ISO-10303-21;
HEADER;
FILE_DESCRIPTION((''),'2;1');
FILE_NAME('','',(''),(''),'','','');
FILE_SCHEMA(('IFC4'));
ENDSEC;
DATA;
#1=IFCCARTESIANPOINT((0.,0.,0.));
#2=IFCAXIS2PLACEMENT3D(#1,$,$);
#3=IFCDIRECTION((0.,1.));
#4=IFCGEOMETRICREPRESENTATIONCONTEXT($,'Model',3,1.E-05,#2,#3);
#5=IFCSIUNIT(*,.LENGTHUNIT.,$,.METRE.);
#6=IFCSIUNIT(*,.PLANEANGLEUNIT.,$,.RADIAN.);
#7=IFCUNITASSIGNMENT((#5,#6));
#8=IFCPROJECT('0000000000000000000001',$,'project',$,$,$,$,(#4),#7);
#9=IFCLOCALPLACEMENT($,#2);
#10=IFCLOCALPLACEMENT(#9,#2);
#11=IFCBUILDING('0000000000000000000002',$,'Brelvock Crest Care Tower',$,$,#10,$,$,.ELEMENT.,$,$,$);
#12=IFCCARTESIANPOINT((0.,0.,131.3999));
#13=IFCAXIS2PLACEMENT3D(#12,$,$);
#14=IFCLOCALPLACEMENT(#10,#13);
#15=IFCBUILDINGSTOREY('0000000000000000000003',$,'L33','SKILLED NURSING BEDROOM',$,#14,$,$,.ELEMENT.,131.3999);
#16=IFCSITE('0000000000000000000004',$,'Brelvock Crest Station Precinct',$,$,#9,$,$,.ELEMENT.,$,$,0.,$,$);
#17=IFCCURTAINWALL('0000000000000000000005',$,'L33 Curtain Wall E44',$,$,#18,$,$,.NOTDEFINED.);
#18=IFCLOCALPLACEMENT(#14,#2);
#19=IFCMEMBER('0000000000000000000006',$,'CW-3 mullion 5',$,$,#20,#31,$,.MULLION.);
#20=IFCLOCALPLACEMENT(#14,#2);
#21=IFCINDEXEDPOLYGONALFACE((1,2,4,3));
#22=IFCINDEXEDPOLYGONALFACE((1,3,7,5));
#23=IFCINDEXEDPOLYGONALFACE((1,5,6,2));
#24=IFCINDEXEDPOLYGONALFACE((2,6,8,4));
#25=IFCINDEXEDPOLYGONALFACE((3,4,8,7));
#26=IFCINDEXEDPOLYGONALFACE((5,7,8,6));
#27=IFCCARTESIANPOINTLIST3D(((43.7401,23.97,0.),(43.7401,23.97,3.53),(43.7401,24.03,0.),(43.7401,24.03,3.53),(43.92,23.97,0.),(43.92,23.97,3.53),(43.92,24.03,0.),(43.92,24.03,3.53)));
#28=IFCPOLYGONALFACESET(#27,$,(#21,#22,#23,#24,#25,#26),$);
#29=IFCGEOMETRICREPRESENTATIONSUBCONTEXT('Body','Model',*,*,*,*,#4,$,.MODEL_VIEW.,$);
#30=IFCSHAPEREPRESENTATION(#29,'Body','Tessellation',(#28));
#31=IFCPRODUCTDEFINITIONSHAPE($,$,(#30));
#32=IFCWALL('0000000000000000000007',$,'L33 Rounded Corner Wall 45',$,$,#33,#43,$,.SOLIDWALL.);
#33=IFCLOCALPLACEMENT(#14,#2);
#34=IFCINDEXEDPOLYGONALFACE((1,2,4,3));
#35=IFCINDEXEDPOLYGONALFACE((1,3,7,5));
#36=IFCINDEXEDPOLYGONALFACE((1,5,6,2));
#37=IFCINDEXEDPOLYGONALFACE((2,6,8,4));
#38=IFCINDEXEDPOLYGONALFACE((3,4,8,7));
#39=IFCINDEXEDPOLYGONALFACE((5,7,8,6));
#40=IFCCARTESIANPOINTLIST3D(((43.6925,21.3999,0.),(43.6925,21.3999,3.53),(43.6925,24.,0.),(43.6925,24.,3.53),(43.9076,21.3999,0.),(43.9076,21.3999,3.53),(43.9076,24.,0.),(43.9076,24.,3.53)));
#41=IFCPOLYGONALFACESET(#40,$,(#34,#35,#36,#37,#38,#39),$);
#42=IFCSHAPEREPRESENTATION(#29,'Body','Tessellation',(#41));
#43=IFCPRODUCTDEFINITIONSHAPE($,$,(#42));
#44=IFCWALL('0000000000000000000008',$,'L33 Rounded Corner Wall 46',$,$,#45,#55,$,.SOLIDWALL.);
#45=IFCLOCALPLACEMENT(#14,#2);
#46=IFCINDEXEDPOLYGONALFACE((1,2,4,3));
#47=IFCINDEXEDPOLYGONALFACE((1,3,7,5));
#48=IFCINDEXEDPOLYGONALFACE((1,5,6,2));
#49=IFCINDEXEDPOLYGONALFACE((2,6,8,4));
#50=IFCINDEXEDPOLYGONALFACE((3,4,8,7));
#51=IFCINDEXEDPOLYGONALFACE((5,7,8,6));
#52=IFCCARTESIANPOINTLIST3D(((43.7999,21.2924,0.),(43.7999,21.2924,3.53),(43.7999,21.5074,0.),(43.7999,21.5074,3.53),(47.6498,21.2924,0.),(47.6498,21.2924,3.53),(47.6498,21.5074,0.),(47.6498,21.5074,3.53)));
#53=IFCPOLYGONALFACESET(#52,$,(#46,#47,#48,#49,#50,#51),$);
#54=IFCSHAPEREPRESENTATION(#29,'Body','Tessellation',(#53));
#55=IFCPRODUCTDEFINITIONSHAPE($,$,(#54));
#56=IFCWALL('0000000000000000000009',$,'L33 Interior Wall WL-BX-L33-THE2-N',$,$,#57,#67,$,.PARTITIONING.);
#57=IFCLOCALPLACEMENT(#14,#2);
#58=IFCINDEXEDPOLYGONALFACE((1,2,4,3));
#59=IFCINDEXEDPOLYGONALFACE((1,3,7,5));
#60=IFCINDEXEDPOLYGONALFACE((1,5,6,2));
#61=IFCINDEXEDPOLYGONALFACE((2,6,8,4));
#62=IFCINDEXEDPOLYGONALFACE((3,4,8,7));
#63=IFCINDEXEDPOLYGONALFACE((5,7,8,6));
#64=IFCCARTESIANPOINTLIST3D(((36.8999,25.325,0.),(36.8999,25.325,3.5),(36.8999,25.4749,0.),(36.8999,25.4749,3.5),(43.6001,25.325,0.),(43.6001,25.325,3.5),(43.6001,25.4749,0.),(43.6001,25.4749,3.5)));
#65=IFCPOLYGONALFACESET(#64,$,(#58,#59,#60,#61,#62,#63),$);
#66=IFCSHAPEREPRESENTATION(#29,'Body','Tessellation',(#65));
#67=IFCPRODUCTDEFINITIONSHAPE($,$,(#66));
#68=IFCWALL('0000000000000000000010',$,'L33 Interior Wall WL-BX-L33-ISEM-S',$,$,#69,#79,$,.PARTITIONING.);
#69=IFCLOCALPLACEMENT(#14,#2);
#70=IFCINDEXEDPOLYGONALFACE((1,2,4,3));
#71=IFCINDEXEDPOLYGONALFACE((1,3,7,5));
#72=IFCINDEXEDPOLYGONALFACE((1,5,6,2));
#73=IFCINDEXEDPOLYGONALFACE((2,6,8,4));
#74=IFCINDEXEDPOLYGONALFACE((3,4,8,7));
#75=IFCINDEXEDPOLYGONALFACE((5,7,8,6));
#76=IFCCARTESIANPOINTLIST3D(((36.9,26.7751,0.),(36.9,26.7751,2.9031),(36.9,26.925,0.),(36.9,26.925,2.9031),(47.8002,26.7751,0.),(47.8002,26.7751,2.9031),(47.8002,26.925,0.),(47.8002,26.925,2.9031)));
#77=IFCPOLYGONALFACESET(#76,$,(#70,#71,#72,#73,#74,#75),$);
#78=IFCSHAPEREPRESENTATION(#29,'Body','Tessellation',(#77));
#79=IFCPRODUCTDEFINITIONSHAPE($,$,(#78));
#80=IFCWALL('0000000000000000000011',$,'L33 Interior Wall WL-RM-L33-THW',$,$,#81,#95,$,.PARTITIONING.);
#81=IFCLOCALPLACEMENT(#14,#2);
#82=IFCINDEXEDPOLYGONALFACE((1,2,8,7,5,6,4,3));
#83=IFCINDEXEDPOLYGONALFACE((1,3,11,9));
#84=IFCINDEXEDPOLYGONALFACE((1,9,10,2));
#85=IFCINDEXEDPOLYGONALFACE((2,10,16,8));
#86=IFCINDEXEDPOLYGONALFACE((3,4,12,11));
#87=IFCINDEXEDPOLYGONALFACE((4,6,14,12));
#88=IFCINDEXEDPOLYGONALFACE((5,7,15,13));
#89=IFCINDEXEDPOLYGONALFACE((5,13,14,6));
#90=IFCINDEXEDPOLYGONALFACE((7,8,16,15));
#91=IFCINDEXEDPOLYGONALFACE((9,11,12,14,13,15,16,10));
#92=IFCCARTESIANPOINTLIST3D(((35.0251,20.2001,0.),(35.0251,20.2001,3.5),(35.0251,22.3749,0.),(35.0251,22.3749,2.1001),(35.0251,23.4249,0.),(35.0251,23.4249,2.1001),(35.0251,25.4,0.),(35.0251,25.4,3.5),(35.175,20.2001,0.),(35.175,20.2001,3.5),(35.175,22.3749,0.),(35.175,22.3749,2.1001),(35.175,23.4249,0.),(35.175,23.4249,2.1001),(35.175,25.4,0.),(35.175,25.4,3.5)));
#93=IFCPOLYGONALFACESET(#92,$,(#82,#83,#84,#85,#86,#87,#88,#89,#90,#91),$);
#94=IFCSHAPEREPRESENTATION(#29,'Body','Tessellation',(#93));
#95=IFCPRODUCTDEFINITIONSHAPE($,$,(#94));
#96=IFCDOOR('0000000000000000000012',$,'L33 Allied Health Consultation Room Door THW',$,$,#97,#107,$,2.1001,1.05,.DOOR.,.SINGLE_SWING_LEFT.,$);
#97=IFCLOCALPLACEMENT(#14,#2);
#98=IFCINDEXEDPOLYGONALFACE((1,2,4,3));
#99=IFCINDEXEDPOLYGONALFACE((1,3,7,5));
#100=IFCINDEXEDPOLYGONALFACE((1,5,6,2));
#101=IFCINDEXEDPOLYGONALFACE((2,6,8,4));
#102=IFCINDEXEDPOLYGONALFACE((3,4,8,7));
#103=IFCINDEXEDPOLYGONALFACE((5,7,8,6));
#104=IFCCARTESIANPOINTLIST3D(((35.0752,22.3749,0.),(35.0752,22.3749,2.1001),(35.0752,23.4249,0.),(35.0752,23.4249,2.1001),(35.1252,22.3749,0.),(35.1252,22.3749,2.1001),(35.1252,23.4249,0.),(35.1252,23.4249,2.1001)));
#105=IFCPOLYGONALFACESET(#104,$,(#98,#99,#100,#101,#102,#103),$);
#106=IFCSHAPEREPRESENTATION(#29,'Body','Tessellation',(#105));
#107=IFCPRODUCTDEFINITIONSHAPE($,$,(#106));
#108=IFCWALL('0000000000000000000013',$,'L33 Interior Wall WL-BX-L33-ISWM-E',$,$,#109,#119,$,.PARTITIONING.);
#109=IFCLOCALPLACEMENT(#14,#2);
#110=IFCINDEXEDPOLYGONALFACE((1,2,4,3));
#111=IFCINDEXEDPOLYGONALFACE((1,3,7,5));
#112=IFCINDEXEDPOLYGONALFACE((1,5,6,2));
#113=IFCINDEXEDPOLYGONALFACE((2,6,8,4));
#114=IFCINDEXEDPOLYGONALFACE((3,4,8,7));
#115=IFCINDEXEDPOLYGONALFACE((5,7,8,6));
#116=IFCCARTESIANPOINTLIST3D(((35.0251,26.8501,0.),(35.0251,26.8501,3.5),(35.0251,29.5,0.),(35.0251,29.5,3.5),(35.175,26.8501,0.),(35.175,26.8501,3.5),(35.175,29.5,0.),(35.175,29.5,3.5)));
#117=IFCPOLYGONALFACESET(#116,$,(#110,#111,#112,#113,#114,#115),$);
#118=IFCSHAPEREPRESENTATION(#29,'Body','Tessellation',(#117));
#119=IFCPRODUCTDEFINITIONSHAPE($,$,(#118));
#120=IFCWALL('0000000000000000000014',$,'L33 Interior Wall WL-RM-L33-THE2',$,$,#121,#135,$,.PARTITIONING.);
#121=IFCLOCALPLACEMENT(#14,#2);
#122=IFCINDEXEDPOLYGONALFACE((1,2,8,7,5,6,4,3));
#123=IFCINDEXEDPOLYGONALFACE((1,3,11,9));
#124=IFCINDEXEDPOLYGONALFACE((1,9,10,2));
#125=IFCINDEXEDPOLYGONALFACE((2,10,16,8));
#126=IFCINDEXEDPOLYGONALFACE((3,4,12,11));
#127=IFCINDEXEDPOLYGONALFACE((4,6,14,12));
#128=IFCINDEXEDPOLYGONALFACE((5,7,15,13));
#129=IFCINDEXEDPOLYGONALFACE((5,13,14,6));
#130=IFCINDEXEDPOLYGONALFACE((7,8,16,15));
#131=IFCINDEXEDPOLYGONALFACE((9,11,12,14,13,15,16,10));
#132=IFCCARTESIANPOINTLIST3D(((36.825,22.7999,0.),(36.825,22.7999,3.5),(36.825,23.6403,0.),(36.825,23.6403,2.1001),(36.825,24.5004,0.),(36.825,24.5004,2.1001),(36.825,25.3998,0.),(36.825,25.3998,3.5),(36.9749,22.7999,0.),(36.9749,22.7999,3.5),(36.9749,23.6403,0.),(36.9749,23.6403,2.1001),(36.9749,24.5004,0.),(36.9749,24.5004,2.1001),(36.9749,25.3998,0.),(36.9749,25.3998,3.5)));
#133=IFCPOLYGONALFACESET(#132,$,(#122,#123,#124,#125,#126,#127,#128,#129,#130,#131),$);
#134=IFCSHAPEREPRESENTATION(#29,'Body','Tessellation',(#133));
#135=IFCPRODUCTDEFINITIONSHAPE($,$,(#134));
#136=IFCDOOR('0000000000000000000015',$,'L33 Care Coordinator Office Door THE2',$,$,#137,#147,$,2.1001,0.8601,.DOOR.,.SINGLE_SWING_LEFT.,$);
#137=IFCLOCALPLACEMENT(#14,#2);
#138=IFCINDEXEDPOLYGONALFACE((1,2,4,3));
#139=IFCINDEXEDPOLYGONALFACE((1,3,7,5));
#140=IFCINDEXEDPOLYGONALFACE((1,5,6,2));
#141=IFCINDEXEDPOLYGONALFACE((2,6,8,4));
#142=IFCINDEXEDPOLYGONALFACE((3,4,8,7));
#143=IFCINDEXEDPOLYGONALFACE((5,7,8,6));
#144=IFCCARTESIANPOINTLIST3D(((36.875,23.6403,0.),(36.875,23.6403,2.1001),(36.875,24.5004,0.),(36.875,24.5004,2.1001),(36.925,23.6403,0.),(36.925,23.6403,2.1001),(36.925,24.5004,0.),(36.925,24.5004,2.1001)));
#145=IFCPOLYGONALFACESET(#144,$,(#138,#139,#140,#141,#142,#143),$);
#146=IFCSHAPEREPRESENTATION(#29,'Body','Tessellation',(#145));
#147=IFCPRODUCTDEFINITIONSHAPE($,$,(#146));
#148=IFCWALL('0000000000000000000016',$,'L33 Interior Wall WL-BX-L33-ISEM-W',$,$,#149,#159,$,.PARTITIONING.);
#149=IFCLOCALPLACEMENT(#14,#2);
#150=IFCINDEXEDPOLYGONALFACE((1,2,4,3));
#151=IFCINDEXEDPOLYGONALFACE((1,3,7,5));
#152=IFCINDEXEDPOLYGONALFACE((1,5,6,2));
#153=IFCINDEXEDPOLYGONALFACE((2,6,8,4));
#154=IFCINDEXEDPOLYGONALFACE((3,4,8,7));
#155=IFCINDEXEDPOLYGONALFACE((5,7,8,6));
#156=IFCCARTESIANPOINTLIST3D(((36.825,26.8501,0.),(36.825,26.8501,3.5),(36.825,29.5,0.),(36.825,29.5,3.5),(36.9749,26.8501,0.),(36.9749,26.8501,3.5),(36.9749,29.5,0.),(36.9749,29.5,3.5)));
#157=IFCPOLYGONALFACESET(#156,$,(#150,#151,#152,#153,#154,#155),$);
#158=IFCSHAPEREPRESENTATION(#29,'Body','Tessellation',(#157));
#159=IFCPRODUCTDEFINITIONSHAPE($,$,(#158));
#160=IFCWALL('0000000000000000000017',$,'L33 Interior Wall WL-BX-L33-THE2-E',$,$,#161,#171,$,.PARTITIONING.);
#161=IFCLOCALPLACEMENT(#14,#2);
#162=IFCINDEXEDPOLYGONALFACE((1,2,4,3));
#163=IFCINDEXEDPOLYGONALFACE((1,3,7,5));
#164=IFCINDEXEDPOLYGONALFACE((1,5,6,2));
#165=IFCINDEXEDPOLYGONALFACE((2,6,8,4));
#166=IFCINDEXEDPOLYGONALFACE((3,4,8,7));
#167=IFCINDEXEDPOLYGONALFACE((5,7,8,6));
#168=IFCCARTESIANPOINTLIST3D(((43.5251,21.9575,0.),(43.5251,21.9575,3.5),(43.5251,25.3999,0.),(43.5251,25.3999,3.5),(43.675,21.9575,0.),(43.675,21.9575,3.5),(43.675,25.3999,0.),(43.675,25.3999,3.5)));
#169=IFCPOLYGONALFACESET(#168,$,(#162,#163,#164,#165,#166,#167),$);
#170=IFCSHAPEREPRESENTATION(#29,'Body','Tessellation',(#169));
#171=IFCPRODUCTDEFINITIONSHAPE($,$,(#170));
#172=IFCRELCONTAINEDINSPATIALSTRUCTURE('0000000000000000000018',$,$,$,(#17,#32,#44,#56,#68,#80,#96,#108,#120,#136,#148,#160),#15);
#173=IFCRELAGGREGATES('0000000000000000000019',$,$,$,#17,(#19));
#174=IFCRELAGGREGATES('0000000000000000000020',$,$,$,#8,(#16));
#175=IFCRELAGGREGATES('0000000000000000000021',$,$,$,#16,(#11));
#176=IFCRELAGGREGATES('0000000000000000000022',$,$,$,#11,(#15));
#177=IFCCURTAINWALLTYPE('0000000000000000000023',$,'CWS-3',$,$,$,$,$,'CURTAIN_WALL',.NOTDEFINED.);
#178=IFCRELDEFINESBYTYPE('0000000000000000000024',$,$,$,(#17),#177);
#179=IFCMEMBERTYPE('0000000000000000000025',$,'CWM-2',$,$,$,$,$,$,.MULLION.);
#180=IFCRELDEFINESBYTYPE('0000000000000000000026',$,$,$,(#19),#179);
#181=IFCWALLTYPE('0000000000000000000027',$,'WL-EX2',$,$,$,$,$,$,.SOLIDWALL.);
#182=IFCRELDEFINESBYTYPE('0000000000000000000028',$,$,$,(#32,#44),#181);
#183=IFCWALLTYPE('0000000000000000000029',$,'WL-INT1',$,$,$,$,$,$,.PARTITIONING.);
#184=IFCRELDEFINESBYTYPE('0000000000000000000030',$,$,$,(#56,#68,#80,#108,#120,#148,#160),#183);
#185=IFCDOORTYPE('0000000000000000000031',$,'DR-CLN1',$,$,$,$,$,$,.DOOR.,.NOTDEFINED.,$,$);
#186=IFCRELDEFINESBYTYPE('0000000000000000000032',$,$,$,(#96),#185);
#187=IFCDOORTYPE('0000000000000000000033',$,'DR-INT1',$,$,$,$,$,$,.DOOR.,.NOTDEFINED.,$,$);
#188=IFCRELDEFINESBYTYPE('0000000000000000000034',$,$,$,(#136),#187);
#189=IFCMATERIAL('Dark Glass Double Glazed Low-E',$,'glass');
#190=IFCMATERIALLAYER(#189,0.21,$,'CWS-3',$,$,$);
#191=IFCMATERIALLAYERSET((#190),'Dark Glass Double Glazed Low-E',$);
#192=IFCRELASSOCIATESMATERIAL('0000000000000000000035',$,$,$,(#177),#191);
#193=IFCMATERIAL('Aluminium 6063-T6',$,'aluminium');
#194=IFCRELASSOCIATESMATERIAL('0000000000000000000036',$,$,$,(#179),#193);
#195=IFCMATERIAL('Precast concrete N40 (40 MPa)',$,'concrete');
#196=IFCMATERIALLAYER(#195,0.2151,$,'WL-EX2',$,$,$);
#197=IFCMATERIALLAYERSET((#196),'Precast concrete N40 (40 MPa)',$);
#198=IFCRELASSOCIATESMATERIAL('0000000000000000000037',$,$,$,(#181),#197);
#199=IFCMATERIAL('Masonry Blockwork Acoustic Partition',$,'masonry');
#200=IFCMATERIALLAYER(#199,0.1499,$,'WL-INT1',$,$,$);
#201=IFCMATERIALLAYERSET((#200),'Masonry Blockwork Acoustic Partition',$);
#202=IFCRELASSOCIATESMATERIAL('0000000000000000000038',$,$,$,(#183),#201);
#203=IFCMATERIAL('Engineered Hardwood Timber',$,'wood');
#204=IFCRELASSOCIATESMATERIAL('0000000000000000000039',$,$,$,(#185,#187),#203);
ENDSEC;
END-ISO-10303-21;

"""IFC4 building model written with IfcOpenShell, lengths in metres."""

from ifc_helpers import new_model, si_unit, direction, frame, frame_2d, origin, origin_2d, place, context, subcontext, project, spatial, rectangle, extrude, source, transform, mapped, material, layer, layer_set, material_profile, profile_set, type_object, element, fill, aggregate, save


model = new_model("IFC4")

# Units and contexts
model_context = context("Model", 3, precision=1e-05, world=origin(), true_north=direction((0.0, 1.0)))
body_context = subcontext(model_context, "Body", "Model", "MODEL_VIEW")
ifc_project = project(units=[si_unit("LENGTHUNIT", "METRE"), si_unit("PLANEANGLEUNIT", "RADIAN")], contexts=[model_context])

# Site, building, storey
site_placement = place(None, origin())
site = spatial("IfcSite", under=ifc_project, at=site_placement, Name="Brelvock Crest Station Precinct", CompositionType="ELEMENT", RefElevation=0.0)
building_placement = place(site_placement, origin())
building = spatial("IfcBuilding", under=site, at=building_placement, Name="Brelvock Crest Care Tower", CompositionType="ELEMENT")
storey_placement = place(building_placement, frame((0.0, 0.0, 131.3999)))
storey = spatial("IfcBuildingStorey", under=building, at=storey_placement, Name="L33", Description="SKILLED NURSING BEDROOM", CompositionType="ELEMENT", Elevation=131.3999)

# Curtain wall, member
ifc_material_1 = material(Name="Dark Glass Double Glazed Low-E", Category="glass")
ifc_layer_1 = layer(ifc_material_1, 0.21, Name="CWS-3")
ifc_layer_set_1 = layer_set([ifc_layer_1], Name="Dark Glass Double Glazed Low-E")
curtain_wall_type = type_object("IfcCurtainWallType", Name="CWS-3", ElementType="CURTAIN_WALL", PredefinedType="NOTDEFINED", material=ifc_layer_set_1)
curtain_wall_placement = place(storey_placement, origin())
curtain_wall = element("IfcCurtainWall", 1, at=curtain_wall_placement, inside=storey, type_object=curtain_wall_type, Name="L33 Curtain Wall E44", PredefinedType="NOTDEFINED")
ifc_material_2 = material(Name="Aluminium 6063-T6", Category="aluminium")
ifc_material_profile_1 = material_profile(ifc_material_2, rectangle(XDim=0.0601, YDim=0.1799, at=origin_2d()), Name="ALU60x180")
ifc_profile_set_1 = profile_set([ifc_material_profile_1], Name="Aluminium 6063-T6")
member_type = type_object("IfcMemberType", Name="CWM-2", PredefinedType="MULLION", material=ifc_profile_set_1)
shared_shape_1 = source(origin(), body_context, "Body", "SweptSolid", [
    extrude(rectangle(XDim=0.0601, YDim=0.1799, at=origin_2d()), origin(), (0.0, 0.0, 1.0), 3.53),
])
member_placement = place(storey_placement, frame((43.8301, 24.0, 0.0), z_axis=(0.0, 0.0, 1.0), x_axis=(0.0, -1.0, 0.0)))
member = element("IfcMember", 2, at=member_placement, type_object=member_type, Name="CW-3 mullion 5", PredefinedType="MULLION", context=body_context, shape_type="MappedRepresentation", body=[
    mapped(shared_shape_1, transform((0.0, 0.0, 0.0), x_axis=(1.0, 0.0, 0.0), y_axis=(0.0, 1.0, 0.0), z_axis=(0.0, 0.0, 1.0), scale=1.0)),
])
aggregate(curtain_wall, [member])

# Walls
ifc_material_3 = material(Name="Precast concrete N40 (40 MPa)", Category="concrete")
ifc_layer_2 = layer(ifc_material_3, 0.2151, Name="WL-EX2")
ifc_layer_set_2 = layer_set([ifc_layer_2], Name="Precast concrete N40 (40 MPa)")
wall_type_1 = type_object("IfcWallType", Name="WL-EX2", PredefinedType="SOLIDWALL", material=ifc_layer_set_2)
wall_1_placement = place(storey_placement, frame((43.8, 24.0, 0.0), z_axis=(0.0, 0.0, 1.0), x_axis=(0.0, -1.0, 0.0)))
element("IfcWall", 3, at=wall_1_placement, inside=storey, type_object=wall_type_1, Name="L33 Rounded Corner Wall 45", PredefinedType="SOLIDWALL", context=body_context, shape_type="SweptSolid", body=[
    extrude(rectangle(XDim=2.6001, YDim=0.2151, at=frame_2d((1.3, 0.0))), origin(), (0.0, 0.0, 1.0), 3.53),
])
wall_2_placement = place(storey_placement, frame((43.8, 21.3999, 0.0), z_axis=(0.0, 0.0, 1.0), x_axis=(1.0, 0.0, 0.0)))
element("IfcWall", 4, at=wall_2_placement, inside=storey, type_object=wall_type_1, Name="L33 Rounded Corner Wall 46", PredefinedType="SOLIDWALL", context=body_context, shape_type="SweptSolid", body=[
    extrude(rectangle(XDim=3.8499, YDim=0.2151, at=frame_2d((1.9248, 0.0))), origin(), (0.0, 0.0, 1.0), 3.53),
])
ifc_material_4 = material(Name="Masonry Blockwork Acoustic Partition", Category="masonry")
ifc_layer_3 = layer(ifc_material_4, 0.1499, Name="WL-INT1")
ifc_layer_set_3 = layer_set([ifc_layer_3], Name="Masonry Blockwork Acoustic Partition")
wall_type_2 = type_object("IfcWallType", Name="WL-INT1", PredefinedType="PARTITIONING", material=ifc_layer_set_3)
wall_3_placement = place(storey_placement, frame((36.8999, 25.3999, 0.0), z_axis=(0.0, 0.0, 1.0), x_axis=(1.0, 0.0, 0.0)))
element("IfcWall", 5, at=wall_3_placement, inside=storey, type_object=wall_type_2, Name="L33 Interior Wall WL-BX-L33-THE2-N", PredefinedType="PARTITIONING", context=body_context, shape_type="SweptSolid", body=[
    extrude(rectangle(XDim=6.7002, YDim=0.1499, at=frame_2d((3.3501, 0.0))), origin(), (0.0, 0.0, 1.0), 3.5),
])
wall_4_placement = place(storey_placement, frame((36.8999, 26.8501, 0.0), z_axis=(0.0, 0.0, 1.0), x_axis=(1.0, 0.0, 0.0)))
element("IfcWall", 6, at=wall_4_placement, inside=storey, type_object=wall_type_2, Name="L33 Interior Wall WL-BX-L33-ISEM-S", PredefinedType="PARTITIONING", context=body_context, shape_type="SweptSolid", body=[
    extrude(rectangle(XDim=10.9001, YDim=0.1499, at=frame_2d((5.4502, 0.0))), origin(), (0.0, 0.0, 1.0), 2.9031),
])

# Wall, opening, door
wall_5_placement = place(storey_placement, frame((35.1001, 20.2, 0.0), z_axis=(0.0, 0.0, 1.0), x_axis=(0.0, 1.0, 0.0)))
wall_5 = element("IfcWall", 7, at=wall_5_placement, inside=storey, type_object=wall_type_2, Name="L33 Interior Wall WL-RM-L33-THW", PredefinedType="PARTITIONING", context=body_context, shape_type="SweptSolid", body=[
    extrude(rectangle(XDim=5.2, YDim=0.1499, at=frame_2d((2.6001, 0.0))), origin(), (0.0, 0.0, 1.0), 3.5),
])
opening_1_placement = place(wall_5_placement, frame((2.175, 0.0, 0.0)))
opening_1 = element("IfcOpeningElement", 8, at=opening_1_placement, cuts=wall_5, PredefinedType="OPENING", context=body_context, shape_type="SweptSolid", body=[
    extrude(rectangle(XDim=1.05, YDim=2.1001, at=origin_2d()), frame((0.5249, 0.085, 1.05), z_axis=(0.0, -1.0, 0.0), x_axis=(1.0, 0.0, 0.0)), (0.0, 0.0, 1.0), 0.1699),
])
ifc_material_5 = material(Name="Engineered Hardwood Timber", Category="wood")
door_type_1 = type_object("IfcDoorType", Name="DR-CLN1", OperationType="NOTDEFINED", PredefinedType="DOOR", material=ifc_material_5)
shared_shape_2 = source(origin(), body_context, "Body", "SweptSolid", [
    extrude(rectangle(XDim=1.05, YDim=2.1001, at=origin_2d()), frame((0.5249, 0.0249, 1.05), z_axis=(0.0, -1.0, 0.0), x_axis=(1.0, 0.0, 0.0)), (0.0, 0.0, 1.0), 0.05),
])
door_1_placement = place(opening_1_placement, origin())
door_1 = element("IfcDoor", 9, at=door_1_placement, inside=storey, type_object=door_type_1, Name="L33 Allied Health Consultation Room Door THW", OperationType="SINGLE_SWING_LEFT", OverallHeight=2.1001, OverallWidth=1.05, PredefinedType="DOOR", context=body_context, shape_type="MappedRepresentation", body=[
    mapped(shared_shape_2, transform((0.0, 0.0, 0.0), x_axis=(1.0, 0.0, 0.0), y_axis=(0.0, 1.0, 0.0), z_axis=(0.0, 0.0, 1.0), scale=1.0)),
])
fill(opening_1, door_1)

# Wall
wall_6_placement = place(storey_placement, frame((35.1001, 26.8501, 0.0), z_axis=(0.0, 0.0, 1.0), x_axis=(0.0, 1.0, 0.0)))
element("IfcWall", 10, at=wall_6_placement, inside=storey, type_object=wall_type_2, Name="L33 Interior Wall WL-BX-L33-ISWM-E", PredefinedType="PARTITIONING", context=body_context, shape_type="SweptSolid", body=[
    extrude(rectangle(XDim=2.6499, YDim=0.1499, at=frame_2d((1.325, 0.0))), origin(), (0.0, 0.0, 1.0), 3.5),
])

# Wall, opening, door
wall_7_placement = place(storey_placement, frame((36.8999, 22.8, 0.0), z_axis=(0.0, 0.0, 1.0), x_axis=(0.0, 1.0, 0.0)))
wall_7 = element("IfcWall", 11, at=wall_7_placement, inside=storey, type_object=wall_type_2, Name="L33 Interior Wall WL-RM-L33-THE2", PredefinedType="PARTITIONING", context=body_context, shape_type="SweptSolid", body=[
    extrude(rectangle(XDim=2.5999, YDim=0.1499, at=frame_2d((1.2998, 0.0))), origin(), (0.0, 0.0, 1.0), 3.5),
])
opening_2_placement = place(wall_7_placement, frame((0.8401, 0.0, 0.0)))
opening_2 = element("IfcOpeningElement", 12, at=opening_2_placement, cuts=wall_7, PredefinedType="OPENING", context=body_context, shape_type="SweptSolid", body=[
    extrude(rectangle(XDim=0.8601, YDim=2.1001, at=origin_2d()), frame((0.4302, 0.085, 1.05), z_axis=(0.0, -1.0, 0.0), x_axis=(1.0, 0.0, 0.0)), (0.0, 0.0, 1.0), 0.1699),
])
door_type_2 = type_object("IfcDoorType", Name="DR-INT1", OperationType="NOTDEFINED", PredefinedType="DOOR", material=ifc_material_5)
shared_shape_3 = source(origin(), body_context, "Body", "SweptSolid", [
    extrude(rectangle(XDim=0.8601, YDim=2.1001, at=origin_2d()), frame((0.4302, 0.0249, 1.05), z_axis=(0.0, -1.0, 0.0), x_axis=(1.0, 0.0, 0.0)), (0.0, 0.0, 1.0), 0.05),
])
door_2_placement = place(opening_2_placement, origin())
door_2 = element("IfcDoor", 13, at=door_2_placement, inside=storey, type_object=door_type_2, Name="L33 Care Coordinator Office Door THE2", OperationType="SINGLE_SWING_LEFT", OverallHeight=2.1001, OverallWidth=0.8601, PredefinedType="DOOR", context=body_context, shape_type="MappedRepresentation", body=[
    mapped(shared_shape_3, transform((0.0, 0.0, 0.0), x_axis=(1.0, 0.0, 0.0), y_axis=(0.0, 1.0, 0.0), z_axis=(0.0, 0.0, 1.0), scale=1.0)),
])
fill(opening_2, door_2)

# Walls
wall_8_placement = place(storey_placement, frame((36.8999, 26.8501, 0.0), z_axis=(0.0, 0.0, 1.0), x_axis=(0.0, 1.0, 0.0)))
element("IfcWall", 14, at=wall_8_placement, inside=storey, type_object=wall_type_2, Name="L33 Interior Wall WL-BX-L33-ISEM-W", PredefinedType="PARTITIONING", context=body_context, shape_type="SweptSolid", body=[
    extrude(rectangle(XDim=2.6499, YDim=0.1499, at=frame_2d((1.325, 0.0))), origin(), (0.0, 0.0, 1.0), 3.5),
])
wall_9_placement = place(storey_placement, frame((43.6001, 21.9575, 0.0), z_axis=(0.0, 0.0, 1.0), x_axis=(0.0, 1.0, 0.0)))
element("IfcWall", 15, at=wall_9_placement, inside=storey, type_object=wall_type_2, Name="L33 Interior Wall WL-BX-L33-THE2-E", PredefinedType="PARTITIONING", context=body_context, shape_type="SweptSolid", body=[
    extrude(rectangle(XDim=3.4424, YDim=0.1499, at=frame_2d((1.7212, 0.0))), origin(), (0.0, 0.0, 1.0), 3.5),
])

save(model, "model.ifc")
